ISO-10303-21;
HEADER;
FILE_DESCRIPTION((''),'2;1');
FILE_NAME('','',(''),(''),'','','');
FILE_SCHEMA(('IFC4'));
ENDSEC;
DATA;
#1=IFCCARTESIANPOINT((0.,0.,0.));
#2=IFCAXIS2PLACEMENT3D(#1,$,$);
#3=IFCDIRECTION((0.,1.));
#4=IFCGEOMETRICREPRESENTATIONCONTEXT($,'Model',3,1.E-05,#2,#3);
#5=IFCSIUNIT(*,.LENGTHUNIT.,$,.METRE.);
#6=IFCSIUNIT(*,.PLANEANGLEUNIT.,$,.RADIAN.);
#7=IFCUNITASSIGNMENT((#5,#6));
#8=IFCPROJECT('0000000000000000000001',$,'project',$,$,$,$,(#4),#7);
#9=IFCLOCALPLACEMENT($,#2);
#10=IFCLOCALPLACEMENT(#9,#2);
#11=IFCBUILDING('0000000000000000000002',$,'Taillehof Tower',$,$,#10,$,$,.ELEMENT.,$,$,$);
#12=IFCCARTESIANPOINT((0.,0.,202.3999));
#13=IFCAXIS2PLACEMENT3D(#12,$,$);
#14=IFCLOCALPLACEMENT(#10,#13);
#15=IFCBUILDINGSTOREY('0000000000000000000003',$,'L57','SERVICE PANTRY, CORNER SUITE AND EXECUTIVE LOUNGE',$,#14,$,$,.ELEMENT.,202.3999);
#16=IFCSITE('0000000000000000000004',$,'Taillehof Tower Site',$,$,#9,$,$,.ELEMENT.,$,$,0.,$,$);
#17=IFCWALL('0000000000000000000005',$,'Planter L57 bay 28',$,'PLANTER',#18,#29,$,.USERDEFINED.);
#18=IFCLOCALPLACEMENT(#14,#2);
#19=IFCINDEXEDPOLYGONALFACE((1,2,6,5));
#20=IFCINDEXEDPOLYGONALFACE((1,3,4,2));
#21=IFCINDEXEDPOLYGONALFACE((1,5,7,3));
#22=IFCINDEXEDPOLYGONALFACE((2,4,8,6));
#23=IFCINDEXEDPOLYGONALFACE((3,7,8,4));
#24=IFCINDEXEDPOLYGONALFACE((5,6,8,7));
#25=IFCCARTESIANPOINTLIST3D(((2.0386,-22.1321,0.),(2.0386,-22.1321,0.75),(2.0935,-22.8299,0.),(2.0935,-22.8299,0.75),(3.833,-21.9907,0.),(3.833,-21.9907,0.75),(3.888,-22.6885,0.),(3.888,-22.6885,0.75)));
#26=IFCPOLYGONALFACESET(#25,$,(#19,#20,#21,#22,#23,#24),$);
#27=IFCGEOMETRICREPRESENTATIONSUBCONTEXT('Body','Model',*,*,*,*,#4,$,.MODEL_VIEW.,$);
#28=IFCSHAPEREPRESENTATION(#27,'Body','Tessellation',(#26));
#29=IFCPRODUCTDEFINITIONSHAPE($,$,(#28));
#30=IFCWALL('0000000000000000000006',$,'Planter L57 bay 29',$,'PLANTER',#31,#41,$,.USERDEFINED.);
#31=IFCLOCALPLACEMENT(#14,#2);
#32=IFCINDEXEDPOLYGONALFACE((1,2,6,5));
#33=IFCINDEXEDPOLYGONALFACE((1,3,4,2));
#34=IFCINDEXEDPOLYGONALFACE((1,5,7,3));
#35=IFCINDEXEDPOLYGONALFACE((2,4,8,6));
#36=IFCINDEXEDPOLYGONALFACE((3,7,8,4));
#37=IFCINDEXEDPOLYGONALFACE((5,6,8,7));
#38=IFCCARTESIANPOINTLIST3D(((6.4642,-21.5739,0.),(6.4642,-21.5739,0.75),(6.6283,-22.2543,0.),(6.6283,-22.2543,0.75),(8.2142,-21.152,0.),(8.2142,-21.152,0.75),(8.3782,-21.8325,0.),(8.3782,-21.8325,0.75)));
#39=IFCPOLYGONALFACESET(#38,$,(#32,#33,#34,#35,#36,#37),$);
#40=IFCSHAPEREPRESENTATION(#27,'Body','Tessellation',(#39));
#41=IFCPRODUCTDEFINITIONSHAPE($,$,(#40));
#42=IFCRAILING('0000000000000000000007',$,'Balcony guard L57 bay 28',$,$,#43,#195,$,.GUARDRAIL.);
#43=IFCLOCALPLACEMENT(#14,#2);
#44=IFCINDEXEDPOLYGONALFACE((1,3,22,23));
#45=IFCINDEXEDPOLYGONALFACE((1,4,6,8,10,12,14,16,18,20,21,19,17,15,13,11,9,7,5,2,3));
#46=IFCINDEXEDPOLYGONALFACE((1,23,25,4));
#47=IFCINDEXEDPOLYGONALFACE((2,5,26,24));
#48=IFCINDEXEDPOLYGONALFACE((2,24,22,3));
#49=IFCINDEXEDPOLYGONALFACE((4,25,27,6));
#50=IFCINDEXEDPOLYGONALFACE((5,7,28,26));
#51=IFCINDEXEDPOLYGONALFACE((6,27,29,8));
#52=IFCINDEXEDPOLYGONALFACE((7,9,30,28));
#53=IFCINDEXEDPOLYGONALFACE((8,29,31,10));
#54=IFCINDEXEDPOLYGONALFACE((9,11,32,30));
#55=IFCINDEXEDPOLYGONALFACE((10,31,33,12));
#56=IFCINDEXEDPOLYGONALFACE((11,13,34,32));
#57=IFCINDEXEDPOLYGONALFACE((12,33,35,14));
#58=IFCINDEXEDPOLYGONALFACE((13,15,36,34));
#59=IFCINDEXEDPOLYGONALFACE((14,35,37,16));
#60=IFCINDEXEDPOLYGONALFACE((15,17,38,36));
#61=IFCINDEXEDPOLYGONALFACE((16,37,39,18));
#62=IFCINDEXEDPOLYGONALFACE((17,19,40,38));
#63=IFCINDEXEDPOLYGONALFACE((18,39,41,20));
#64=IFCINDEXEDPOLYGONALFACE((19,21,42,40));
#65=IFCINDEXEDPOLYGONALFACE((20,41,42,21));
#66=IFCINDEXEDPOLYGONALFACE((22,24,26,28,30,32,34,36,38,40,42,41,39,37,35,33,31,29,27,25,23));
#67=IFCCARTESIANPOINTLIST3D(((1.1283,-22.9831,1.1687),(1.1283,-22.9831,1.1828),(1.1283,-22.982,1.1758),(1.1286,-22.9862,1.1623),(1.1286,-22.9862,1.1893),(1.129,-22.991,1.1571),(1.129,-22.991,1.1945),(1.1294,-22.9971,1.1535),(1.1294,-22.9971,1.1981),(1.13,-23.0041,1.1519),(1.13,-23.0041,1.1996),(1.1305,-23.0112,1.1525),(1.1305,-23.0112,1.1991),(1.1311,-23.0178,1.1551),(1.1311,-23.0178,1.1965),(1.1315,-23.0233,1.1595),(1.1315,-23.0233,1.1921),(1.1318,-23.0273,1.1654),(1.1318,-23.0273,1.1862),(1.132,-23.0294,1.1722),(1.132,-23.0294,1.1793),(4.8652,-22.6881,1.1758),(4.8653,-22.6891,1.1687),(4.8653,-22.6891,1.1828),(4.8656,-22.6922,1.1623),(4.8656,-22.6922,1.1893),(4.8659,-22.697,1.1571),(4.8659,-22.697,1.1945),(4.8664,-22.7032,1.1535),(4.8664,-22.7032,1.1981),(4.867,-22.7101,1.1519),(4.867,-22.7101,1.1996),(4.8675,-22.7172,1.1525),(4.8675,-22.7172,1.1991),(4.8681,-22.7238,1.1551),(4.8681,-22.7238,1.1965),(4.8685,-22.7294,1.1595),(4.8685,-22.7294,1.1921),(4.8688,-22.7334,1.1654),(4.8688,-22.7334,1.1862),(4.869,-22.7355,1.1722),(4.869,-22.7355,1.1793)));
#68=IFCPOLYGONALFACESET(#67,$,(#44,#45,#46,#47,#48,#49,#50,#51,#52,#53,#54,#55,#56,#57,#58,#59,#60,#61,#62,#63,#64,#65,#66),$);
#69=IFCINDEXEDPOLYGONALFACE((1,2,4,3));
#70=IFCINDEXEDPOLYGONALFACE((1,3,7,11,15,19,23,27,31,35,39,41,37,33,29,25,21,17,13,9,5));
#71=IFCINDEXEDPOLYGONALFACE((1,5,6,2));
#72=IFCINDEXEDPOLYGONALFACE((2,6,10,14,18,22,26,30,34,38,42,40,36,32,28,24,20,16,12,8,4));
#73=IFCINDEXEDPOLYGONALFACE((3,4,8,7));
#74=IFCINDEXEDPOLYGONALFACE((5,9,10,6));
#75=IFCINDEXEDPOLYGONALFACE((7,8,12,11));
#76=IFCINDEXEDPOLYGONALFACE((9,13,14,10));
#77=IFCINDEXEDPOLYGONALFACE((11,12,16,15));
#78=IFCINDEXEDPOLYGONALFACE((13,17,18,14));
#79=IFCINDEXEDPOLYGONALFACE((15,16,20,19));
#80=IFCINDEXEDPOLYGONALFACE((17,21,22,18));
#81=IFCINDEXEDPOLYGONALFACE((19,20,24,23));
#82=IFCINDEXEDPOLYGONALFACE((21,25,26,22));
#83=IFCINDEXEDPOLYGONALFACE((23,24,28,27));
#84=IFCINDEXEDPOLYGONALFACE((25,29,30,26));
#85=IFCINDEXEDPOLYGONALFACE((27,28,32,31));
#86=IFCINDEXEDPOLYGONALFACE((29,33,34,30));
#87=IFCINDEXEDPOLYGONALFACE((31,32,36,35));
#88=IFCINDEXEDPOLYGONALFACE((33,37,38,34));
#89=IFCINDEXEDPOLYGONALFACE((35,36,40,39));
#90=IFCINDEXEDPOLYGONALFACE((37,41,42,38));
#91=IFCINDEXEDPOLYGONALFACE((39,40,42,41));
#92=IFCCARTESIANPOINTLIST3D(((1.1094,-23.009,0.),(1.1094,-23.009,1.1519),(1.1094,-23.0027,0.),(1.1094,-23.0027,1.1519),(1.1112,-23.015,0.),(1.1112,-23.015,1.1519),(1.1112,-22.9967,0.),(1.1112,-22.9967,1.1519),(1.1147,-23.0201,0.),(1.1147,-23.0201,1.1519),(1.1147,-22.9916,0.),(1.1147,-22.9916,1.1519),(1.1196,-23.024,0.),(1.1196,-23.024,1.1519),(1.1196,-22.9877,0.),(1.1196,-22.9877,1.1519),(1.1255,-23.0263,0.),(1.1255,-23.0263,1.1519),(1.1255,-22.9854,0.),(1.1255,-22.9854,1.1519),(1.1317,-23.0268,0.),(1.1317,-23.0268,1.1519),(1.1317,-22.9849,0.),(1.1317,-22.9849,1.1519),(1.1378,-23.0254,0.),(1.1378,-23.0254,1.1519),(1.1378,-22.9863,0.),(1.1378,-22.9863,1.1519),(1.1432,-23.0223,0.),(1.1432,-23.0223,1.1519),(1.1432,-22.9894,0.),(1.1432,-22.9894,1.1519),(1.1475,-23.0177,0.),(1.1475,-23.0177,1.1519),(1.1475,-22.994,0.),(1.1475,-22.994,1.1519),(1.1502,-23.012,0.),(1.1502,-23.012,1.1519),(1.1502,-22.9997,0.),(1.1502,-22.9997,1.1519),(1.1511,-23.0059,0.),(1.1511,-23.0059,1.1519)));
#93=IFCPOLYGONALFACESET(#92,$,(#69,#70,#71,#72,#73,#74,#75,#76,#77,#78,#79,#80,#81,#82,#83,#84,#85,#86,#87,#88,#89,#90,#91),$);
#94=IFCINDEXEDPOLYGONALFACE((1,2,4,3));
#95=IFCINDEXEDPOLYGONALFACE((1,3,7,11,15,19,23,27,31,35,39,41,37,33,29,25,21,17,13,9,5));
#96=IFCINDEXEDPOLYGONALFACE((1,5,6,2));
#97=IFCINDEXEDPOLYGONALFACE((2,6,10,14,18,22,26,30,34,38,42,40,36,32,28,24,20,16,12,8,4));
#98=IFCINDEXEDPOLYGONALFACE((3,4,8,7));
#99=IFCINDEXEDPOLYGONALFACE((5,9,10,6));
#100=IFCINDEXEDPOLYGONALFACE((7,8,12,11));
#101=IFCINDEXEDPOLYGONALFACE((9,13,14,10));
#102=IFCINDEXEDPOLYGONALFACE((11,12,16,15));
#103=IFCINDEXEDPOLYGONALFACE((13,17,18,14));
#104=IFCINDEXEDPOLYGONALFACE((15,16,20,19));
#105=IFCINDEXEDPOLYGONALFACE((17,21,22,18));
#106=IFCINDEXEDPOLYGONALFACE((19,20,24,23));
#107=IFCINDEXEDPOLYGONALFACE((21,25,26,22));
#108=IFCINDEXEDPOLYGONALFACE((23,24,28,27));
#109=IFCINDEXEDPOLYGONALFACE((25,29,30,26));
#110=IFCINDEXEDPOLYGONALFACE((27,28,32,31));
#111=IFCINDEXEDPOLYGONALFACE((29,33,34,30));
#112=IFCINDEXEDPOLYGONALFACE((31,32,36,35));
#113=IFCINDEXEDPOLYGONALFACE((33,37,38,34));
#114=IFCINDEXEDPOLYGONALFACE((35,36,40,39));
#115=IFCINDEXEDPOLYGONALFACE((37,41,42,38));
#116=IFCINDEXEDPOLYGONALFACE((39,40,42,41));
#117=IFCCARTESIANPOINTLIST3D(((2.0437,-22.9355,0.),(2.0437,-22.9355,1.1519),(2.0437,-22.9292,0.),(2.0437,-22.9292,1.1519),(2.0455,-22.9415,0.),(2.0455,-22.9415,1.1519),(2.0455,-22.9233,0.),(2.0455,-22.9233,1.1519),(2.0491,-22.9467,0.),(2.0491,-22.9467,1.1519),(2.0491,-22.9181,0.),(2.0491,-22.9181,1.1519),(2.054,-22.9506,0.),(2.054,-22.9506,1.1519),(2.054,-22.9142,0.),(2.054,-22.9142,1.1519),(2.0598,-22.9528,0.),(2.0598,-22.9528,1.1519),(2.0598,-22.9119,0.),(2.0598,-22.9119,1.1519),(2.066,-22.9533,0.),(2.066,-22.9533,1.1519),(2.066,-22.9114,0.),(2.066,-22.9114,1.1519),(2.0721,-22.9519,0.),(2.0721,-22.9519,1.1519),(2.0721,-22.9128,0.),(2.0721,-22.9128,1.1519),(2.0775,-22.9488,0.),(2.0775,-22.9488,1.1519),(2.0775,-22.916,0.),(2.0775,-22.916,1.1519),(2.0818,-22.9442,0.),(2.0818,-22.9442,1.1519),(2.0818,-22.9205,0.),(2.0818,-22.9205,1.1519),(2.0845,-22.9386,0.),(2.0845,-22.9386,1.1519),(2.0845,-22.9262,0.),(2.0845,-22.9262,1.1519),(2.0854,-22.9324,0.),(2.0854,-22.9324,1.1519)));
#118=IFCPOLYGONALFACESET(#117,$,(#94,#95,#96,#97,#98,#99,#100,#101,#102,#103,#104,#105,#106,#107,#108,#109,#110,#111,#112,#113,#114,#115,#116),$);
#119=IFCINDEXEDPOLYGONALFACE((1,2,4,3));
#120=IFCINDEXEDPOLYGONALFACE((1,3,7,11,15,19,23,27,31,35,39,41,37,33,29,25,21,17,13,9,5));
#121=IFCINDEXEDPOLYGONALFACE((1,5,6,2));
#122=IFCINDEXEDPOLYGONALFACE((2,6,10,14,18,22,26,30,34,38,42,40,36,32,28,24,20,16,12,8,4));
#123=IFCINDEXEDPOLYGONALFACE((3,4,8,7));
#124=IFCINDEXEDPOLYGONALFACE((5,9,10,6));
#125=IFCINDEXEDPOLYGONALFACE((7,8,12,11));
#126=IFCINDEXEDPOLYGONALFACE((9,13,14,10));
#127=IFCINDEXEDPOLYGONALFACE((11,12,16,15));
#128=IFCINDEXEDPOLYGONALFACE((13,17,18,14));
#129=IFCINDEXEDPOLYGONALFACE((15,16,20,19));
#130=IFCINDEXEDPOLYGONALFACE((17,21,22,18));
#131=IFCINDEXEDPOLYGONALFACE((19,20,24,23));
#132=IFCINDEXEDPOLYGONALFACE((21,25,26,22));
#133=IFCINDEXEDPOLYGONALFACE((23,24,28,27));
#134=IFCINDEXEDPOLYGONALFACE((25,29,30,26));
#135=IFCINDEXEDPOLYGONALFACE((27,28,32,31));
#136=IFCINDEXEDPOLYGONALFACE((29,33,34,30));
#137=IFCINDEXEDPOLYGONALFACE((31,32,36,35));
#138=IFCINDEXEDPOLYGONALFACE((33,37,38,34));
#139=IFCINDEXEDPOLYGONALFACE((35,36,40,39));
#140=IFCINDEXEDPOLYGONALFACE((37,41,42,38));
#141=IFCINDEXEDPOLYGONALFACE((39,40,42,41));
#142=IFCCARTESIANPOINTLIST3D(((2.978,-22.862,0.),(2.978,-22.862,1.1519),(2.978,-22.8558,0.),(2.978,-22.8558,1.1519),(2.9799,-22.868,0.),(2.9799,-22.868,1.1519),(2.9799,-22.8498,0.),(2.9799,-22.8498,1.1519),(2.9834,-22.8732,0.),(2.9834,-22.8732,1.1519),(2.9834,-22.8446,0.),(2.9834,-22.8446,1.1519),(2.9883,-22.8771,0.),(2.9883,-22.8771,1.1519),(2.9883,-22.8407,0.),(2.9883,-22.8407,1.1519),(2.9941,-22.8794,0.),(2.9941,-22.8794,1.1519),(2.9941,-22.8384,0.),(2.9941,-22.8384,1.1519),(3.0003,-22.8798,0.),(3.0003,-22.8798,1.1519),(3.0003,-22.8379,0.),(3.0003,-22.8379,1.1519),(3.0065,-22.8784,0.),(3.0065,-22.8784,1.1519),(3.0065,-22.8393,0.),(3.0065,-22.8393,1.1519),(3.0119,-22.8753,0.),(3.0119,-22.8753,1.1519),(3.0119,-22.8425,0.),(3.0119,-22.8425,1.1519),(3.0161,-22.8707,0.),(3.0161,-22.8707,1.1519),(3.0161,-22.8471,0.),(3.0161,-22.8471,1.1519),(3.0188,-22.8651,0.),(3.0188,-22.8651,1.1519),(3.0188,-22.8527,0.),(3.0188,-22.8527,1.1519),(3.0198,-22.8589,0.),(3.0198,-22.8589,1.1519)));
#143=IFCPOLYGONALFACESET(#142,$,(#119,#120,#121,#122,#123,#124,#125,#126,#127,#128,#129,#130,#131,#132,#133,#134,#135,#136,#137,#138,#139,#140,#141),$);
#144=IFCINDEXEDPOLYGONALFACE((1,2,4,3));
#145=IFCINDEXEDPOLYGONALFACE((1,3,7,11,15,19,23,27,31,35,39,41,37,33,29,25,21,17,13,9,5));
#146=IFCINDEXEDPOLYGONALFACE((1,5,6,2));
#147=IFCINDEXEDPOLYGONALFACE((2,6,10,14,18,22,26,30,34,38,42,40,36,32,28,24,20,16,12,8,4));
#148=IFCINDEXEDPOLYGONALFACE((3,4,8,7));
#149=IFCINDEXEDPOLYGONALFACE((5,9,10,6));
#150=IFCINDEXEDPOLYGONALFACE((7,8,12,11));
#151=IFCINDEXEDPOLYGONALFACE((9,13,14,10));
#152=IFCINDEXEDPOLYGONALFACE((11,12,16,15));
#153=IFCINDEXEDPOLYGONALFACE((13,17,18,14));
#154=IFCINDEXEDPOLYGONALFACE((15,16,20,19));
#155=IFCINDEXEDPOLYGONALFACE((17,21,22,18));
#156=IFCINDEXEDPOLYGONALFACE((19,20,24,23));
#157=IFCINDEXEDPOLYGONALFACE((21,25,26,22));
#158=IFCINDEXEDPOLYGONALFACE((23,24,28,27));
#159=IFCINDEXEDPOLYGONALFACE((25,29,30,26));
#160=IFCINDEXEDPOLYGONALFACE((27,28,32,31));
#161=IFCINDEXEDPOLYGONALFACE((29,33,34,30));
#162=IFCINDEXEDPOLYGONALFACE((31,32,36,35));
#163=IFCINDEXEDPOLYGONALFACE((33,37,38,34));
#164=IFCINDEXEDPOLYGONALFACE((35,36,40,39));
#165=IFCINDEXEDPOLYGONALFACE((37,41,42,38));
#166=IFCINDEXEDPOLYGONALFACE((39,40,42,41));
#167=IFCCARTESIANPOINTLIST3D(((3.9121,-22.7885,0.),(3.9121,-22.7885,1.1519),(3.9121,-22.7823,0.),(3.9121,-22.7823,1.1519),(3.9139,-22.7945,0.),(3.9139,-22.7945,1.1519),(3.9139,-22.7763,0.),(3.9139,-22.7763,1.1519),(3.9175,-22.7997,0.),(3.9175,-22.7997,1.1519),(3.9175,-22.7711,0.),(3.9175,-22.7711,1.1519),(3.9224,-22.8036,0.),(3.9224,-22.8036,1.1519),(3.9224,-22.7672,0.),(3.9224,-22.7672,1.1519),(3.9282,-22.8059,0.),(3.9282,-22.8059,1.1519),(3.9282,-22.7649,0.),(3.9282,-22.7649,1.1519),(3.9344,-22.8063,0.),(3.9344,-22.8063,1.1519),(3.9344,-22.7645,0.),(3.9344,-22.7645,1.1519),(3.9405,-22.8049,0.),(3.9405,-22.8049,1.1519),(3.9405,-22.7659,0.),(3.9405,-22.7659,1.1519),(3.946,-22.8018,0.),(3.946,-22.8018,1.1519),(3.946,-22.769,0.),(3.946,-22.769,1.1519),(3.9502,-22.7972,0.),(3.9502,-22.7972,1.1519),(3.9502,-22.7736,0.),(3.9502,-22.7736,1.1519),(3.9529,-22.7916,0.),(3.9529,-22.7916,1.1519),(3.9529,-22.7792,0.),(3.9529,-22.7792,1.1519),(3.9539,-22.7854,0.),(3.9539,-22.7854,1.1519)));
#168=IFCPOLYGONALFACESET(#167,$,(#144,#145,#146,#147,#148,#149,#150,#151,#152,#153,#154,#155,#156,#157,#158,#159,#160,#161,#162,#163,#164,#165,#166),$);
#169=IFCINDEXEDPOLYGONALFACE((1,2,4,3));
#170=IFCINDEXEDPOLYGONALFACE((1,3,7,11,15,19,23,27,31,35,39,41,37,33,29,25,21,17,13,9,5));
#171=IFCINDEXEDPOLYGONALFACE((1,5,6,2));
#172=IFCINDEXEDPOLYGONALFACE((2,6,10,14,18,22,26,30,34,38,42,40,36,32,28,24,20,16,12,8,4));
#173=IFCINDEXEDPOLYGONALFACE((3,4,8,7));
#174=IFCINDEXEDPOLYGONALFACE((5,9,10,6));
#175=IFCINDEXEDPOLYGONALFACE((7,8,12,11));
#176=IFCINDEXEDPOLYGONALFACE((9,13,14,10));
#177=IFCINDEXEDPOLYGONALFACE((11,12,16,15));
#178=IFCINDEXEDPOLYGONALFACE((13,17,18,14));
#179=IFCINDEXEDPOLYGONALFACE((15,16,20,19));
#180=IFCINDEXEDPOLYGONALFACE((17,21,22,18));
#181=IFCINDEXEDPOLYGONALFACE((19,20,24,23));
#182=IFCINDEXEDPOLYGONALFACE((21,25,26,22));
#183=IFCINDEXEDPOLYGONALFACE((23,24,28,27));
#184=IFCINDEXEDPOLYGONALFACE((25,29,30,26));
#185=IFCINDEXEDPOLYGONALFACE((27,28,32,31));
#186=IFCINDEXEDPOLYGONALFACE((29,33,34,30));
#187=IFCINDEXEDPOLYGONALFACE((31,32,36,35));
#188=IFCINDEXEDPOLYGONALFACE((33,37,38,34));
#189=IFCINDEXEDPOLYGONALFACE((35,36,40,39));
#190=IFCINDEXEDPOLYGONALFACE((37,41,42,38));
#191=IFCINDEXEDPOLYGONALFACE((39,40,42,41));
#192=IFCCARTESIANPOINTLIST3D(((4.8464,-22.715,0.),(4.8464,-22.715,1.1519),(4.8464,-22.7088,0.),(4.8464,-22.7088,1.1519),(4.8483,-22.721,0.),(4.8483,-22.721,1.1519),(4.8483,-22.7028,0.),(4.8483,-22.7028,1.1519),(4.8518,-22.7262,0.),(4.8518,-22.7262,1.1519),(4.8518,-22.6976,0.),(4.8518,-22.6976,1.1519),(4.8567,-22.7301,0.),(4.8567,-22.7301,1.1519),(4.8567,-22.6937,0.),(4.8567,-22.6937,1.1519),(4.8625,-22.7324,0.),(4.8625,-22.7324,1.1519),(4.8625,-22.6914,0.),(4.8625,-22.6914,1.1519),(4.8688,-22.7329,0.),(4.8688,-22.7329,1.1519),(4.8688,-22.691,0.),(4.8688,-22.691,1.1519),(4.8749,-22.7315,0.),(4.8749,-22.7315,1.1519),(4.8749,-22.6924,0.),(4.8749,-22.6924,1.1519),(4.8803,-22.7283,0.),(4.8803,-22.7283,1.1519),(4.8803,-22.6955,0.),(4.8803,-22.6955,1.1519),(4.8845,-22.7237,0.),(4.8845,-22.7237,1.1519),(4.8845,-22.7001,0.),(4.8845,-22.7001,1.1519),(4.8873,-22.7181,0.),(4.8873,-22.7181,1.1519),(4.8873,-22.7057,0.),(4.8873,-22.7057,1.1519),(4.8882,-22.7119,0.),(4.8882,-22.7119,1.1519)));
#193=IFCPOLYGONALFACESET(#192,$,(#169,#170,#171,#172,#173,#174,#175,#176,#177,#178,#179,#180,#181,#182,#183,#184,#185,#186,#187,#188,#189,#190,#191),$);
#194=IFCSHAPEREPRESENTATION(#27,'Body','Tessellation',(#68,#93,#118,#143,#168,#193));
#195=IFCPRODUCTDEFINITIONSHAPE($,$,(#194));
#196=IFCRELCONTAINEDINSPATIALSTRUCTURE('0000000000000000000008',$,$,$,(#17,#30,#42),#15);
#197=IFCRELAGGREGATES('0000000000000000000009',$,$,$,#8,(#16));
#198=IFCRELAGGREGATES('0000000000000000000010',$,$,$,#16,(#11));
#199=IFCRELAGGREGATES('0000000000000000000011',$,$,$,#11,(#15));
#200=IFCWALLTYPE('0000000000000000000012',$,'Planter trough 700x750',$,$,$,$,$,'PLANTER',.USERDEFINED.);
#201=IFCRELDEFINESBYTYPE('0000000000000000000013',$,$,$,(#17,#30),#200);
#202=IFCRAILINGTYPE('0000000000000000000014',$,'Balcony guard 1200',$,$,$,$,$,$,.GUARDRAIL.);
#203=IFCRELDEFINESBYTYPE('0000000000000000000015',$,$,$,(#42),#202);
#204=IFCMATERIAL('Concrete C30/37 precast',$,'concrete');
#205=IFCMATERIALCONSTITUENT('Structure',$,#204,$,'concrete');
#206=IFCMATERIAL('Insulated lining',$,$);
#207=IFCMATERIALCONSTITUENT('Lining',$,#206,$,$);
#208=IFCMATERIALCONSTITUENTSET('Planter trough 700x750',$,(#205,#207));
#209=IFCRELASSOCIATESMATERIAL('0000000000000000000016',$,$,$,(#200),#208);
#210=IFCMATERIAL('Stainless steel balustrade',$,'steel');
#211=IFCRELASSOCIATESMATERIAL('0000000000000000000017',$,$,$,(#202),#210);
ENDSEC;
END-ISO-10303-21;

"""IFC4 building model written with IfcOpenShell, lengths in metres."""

from ifc_helpers import new_model, si_unit, direction, frame, frame_2d, origin, origin_2d, place, context, subcontext, project, spatial, rectangle, circle, extrude, material, constituent, constituent_set, type_object, element, save


model = new_model("IFC4")

# Units and contexts
model_context = context("Model", 3, precision=1e-05, world=origin(), true_north=direction((0.0, 1.0)))
body_context = subcontext(model_context, "Body", "Model", "MODEL_VIEW")
ifc_project = project(units=[si_unit("LENGTHUNIT", "METRE"), si_unit("PLANEANGLEUNIT", "RADIAN")], contexts=[model_context])

# Site, building, storey
site_placement = place(None, origin())
site = spatial("IfcSite", under=ifc_project, at=site_placement, Name="Taillehof Tower Site", CompositionType="ELEMENT", RefElevation=0.0)
building_placement = place(site_placement, origin())
building = spatial("IfcBuilding", under=site, at=building_placement, Name="Taillehof Tower", CompositionType="ELEMENT")
storey_placement = place(building_placement, frame((0.0, 0.0, 202.3999)))
storey = spatial("IfcBuildingStorey", under=building, at=storey_placement, Name="L57", Description="SERVICE PANTRY, CORNER SUITE AND EXECUTIVE LOUNGE", CompositionType="ELEMENT", Elevation=202.3999)

# Walls
ifc_material_1 = material(Name="Concrete C30/37 precast", Category="concrete")
ifc_constituent_1 = constituent(ifc_material_1, Name="Structure", Category="concrete")
ifc_material_2 = material(Name="Insulated lining")
ifc_constituent_2 = constituent(ifc_material_2, Name="Lining")
ifc_constituent_set = constituent_set(constituents=[ifc_constituent_1, ifc_constituent_2], Name="Planter trough 700x750")
wall_type_1 = type_object("IfcWallType", Name="Planter trough 700x750", ElementType="PLANTER", PredefinedType="USERDEFINED", material=ifc_constituent_set)
for number, where, z_axis, x_axis, name in (
    (1, (2.0662, -22.481, 0.0), (0.0, 0.0, 1.0), (0.996912, 0.078532, 0.0), "Planter L57 bay 28"),
    (2, (6.5464, -21.9141, 0.0), (0.0, 0.0, 1.0), (0.97215, 0.234358, 0.0), "Planter L57 bay 29"),
):
    element("IfcWall", number, at=place(storey_placement, frame(where, z_axis=z_axis, x_axis=x_axis)), inside=storey, type_object=wall_type_1, Name=name, ObjectType="PLANTER", PredefinedType="USERDEFINED", context=body_context, shape_type="SweptSolid", body=[
        extrude(rectangle(XDim=1.8, YDim=0.7, at=frame_2d((0.8999, 0.0))), origin(), (0.0, 0.0, 1.0), 0.75),
    ])

# Railing
ifc_material_3 = material(Name="Stainless steel balustrade", Category="steel")
railing_type = type_object("IfcRailingType", Name="Balcony guard 1200", PredefinedType="GUARDRAIL", material=ifc_material_3)
railing_1_placement = place(storey_placement, frame((1.1301, -23.0059, 0.0)))
element("IfcRailing", 3, at=railing_1_placement, inside=storey, type_object=railing_type, Name="Balcony guard L57 bay 28", PredefinedType="GUARDRAIL", context=body_context, shape_type="SweptSolid", body=[
    extrude(circle(Radius=0.0239, at=origin_2d()), frame((0.0, 0.0, 1.1758), z_axis=(0.996921, 0.078415, 0.0), x_axis=(-0.078415, 0.996921, 0.0)), (0.0, 0.0, 1.0), 3.7485),
    extrude(circle(Radius=0.021, at=origin_2d()), origin(), (0.0, 0.0, 1.0), 1.1519),
    extrude(circle(Radius=0.021, at=origin_2d()), frame((0.9343, 0.0735, 0.0)), (0.0, 0.0, 1.0), 1.1519),
    extrude(circle(Radius=0.021, at=origin_2d()), frame((1.8687, 0.147, 0.0)), (0.0, 0.0, 1.0), 1.1519),
    extrude(circle(Radius=0.021, at=origin_2d()), frame((2.8027, 0.2205, 0.0)), (0.0, 0.0, 1.0), 1.1519),
    extrude(circle(Radius=0.021, at=origin_2d()), frame((3.7371, 0.2939, 0.0)), (0.0, 0.0, 1.0), 1.1519),
])

save(model, "model.ifc")
